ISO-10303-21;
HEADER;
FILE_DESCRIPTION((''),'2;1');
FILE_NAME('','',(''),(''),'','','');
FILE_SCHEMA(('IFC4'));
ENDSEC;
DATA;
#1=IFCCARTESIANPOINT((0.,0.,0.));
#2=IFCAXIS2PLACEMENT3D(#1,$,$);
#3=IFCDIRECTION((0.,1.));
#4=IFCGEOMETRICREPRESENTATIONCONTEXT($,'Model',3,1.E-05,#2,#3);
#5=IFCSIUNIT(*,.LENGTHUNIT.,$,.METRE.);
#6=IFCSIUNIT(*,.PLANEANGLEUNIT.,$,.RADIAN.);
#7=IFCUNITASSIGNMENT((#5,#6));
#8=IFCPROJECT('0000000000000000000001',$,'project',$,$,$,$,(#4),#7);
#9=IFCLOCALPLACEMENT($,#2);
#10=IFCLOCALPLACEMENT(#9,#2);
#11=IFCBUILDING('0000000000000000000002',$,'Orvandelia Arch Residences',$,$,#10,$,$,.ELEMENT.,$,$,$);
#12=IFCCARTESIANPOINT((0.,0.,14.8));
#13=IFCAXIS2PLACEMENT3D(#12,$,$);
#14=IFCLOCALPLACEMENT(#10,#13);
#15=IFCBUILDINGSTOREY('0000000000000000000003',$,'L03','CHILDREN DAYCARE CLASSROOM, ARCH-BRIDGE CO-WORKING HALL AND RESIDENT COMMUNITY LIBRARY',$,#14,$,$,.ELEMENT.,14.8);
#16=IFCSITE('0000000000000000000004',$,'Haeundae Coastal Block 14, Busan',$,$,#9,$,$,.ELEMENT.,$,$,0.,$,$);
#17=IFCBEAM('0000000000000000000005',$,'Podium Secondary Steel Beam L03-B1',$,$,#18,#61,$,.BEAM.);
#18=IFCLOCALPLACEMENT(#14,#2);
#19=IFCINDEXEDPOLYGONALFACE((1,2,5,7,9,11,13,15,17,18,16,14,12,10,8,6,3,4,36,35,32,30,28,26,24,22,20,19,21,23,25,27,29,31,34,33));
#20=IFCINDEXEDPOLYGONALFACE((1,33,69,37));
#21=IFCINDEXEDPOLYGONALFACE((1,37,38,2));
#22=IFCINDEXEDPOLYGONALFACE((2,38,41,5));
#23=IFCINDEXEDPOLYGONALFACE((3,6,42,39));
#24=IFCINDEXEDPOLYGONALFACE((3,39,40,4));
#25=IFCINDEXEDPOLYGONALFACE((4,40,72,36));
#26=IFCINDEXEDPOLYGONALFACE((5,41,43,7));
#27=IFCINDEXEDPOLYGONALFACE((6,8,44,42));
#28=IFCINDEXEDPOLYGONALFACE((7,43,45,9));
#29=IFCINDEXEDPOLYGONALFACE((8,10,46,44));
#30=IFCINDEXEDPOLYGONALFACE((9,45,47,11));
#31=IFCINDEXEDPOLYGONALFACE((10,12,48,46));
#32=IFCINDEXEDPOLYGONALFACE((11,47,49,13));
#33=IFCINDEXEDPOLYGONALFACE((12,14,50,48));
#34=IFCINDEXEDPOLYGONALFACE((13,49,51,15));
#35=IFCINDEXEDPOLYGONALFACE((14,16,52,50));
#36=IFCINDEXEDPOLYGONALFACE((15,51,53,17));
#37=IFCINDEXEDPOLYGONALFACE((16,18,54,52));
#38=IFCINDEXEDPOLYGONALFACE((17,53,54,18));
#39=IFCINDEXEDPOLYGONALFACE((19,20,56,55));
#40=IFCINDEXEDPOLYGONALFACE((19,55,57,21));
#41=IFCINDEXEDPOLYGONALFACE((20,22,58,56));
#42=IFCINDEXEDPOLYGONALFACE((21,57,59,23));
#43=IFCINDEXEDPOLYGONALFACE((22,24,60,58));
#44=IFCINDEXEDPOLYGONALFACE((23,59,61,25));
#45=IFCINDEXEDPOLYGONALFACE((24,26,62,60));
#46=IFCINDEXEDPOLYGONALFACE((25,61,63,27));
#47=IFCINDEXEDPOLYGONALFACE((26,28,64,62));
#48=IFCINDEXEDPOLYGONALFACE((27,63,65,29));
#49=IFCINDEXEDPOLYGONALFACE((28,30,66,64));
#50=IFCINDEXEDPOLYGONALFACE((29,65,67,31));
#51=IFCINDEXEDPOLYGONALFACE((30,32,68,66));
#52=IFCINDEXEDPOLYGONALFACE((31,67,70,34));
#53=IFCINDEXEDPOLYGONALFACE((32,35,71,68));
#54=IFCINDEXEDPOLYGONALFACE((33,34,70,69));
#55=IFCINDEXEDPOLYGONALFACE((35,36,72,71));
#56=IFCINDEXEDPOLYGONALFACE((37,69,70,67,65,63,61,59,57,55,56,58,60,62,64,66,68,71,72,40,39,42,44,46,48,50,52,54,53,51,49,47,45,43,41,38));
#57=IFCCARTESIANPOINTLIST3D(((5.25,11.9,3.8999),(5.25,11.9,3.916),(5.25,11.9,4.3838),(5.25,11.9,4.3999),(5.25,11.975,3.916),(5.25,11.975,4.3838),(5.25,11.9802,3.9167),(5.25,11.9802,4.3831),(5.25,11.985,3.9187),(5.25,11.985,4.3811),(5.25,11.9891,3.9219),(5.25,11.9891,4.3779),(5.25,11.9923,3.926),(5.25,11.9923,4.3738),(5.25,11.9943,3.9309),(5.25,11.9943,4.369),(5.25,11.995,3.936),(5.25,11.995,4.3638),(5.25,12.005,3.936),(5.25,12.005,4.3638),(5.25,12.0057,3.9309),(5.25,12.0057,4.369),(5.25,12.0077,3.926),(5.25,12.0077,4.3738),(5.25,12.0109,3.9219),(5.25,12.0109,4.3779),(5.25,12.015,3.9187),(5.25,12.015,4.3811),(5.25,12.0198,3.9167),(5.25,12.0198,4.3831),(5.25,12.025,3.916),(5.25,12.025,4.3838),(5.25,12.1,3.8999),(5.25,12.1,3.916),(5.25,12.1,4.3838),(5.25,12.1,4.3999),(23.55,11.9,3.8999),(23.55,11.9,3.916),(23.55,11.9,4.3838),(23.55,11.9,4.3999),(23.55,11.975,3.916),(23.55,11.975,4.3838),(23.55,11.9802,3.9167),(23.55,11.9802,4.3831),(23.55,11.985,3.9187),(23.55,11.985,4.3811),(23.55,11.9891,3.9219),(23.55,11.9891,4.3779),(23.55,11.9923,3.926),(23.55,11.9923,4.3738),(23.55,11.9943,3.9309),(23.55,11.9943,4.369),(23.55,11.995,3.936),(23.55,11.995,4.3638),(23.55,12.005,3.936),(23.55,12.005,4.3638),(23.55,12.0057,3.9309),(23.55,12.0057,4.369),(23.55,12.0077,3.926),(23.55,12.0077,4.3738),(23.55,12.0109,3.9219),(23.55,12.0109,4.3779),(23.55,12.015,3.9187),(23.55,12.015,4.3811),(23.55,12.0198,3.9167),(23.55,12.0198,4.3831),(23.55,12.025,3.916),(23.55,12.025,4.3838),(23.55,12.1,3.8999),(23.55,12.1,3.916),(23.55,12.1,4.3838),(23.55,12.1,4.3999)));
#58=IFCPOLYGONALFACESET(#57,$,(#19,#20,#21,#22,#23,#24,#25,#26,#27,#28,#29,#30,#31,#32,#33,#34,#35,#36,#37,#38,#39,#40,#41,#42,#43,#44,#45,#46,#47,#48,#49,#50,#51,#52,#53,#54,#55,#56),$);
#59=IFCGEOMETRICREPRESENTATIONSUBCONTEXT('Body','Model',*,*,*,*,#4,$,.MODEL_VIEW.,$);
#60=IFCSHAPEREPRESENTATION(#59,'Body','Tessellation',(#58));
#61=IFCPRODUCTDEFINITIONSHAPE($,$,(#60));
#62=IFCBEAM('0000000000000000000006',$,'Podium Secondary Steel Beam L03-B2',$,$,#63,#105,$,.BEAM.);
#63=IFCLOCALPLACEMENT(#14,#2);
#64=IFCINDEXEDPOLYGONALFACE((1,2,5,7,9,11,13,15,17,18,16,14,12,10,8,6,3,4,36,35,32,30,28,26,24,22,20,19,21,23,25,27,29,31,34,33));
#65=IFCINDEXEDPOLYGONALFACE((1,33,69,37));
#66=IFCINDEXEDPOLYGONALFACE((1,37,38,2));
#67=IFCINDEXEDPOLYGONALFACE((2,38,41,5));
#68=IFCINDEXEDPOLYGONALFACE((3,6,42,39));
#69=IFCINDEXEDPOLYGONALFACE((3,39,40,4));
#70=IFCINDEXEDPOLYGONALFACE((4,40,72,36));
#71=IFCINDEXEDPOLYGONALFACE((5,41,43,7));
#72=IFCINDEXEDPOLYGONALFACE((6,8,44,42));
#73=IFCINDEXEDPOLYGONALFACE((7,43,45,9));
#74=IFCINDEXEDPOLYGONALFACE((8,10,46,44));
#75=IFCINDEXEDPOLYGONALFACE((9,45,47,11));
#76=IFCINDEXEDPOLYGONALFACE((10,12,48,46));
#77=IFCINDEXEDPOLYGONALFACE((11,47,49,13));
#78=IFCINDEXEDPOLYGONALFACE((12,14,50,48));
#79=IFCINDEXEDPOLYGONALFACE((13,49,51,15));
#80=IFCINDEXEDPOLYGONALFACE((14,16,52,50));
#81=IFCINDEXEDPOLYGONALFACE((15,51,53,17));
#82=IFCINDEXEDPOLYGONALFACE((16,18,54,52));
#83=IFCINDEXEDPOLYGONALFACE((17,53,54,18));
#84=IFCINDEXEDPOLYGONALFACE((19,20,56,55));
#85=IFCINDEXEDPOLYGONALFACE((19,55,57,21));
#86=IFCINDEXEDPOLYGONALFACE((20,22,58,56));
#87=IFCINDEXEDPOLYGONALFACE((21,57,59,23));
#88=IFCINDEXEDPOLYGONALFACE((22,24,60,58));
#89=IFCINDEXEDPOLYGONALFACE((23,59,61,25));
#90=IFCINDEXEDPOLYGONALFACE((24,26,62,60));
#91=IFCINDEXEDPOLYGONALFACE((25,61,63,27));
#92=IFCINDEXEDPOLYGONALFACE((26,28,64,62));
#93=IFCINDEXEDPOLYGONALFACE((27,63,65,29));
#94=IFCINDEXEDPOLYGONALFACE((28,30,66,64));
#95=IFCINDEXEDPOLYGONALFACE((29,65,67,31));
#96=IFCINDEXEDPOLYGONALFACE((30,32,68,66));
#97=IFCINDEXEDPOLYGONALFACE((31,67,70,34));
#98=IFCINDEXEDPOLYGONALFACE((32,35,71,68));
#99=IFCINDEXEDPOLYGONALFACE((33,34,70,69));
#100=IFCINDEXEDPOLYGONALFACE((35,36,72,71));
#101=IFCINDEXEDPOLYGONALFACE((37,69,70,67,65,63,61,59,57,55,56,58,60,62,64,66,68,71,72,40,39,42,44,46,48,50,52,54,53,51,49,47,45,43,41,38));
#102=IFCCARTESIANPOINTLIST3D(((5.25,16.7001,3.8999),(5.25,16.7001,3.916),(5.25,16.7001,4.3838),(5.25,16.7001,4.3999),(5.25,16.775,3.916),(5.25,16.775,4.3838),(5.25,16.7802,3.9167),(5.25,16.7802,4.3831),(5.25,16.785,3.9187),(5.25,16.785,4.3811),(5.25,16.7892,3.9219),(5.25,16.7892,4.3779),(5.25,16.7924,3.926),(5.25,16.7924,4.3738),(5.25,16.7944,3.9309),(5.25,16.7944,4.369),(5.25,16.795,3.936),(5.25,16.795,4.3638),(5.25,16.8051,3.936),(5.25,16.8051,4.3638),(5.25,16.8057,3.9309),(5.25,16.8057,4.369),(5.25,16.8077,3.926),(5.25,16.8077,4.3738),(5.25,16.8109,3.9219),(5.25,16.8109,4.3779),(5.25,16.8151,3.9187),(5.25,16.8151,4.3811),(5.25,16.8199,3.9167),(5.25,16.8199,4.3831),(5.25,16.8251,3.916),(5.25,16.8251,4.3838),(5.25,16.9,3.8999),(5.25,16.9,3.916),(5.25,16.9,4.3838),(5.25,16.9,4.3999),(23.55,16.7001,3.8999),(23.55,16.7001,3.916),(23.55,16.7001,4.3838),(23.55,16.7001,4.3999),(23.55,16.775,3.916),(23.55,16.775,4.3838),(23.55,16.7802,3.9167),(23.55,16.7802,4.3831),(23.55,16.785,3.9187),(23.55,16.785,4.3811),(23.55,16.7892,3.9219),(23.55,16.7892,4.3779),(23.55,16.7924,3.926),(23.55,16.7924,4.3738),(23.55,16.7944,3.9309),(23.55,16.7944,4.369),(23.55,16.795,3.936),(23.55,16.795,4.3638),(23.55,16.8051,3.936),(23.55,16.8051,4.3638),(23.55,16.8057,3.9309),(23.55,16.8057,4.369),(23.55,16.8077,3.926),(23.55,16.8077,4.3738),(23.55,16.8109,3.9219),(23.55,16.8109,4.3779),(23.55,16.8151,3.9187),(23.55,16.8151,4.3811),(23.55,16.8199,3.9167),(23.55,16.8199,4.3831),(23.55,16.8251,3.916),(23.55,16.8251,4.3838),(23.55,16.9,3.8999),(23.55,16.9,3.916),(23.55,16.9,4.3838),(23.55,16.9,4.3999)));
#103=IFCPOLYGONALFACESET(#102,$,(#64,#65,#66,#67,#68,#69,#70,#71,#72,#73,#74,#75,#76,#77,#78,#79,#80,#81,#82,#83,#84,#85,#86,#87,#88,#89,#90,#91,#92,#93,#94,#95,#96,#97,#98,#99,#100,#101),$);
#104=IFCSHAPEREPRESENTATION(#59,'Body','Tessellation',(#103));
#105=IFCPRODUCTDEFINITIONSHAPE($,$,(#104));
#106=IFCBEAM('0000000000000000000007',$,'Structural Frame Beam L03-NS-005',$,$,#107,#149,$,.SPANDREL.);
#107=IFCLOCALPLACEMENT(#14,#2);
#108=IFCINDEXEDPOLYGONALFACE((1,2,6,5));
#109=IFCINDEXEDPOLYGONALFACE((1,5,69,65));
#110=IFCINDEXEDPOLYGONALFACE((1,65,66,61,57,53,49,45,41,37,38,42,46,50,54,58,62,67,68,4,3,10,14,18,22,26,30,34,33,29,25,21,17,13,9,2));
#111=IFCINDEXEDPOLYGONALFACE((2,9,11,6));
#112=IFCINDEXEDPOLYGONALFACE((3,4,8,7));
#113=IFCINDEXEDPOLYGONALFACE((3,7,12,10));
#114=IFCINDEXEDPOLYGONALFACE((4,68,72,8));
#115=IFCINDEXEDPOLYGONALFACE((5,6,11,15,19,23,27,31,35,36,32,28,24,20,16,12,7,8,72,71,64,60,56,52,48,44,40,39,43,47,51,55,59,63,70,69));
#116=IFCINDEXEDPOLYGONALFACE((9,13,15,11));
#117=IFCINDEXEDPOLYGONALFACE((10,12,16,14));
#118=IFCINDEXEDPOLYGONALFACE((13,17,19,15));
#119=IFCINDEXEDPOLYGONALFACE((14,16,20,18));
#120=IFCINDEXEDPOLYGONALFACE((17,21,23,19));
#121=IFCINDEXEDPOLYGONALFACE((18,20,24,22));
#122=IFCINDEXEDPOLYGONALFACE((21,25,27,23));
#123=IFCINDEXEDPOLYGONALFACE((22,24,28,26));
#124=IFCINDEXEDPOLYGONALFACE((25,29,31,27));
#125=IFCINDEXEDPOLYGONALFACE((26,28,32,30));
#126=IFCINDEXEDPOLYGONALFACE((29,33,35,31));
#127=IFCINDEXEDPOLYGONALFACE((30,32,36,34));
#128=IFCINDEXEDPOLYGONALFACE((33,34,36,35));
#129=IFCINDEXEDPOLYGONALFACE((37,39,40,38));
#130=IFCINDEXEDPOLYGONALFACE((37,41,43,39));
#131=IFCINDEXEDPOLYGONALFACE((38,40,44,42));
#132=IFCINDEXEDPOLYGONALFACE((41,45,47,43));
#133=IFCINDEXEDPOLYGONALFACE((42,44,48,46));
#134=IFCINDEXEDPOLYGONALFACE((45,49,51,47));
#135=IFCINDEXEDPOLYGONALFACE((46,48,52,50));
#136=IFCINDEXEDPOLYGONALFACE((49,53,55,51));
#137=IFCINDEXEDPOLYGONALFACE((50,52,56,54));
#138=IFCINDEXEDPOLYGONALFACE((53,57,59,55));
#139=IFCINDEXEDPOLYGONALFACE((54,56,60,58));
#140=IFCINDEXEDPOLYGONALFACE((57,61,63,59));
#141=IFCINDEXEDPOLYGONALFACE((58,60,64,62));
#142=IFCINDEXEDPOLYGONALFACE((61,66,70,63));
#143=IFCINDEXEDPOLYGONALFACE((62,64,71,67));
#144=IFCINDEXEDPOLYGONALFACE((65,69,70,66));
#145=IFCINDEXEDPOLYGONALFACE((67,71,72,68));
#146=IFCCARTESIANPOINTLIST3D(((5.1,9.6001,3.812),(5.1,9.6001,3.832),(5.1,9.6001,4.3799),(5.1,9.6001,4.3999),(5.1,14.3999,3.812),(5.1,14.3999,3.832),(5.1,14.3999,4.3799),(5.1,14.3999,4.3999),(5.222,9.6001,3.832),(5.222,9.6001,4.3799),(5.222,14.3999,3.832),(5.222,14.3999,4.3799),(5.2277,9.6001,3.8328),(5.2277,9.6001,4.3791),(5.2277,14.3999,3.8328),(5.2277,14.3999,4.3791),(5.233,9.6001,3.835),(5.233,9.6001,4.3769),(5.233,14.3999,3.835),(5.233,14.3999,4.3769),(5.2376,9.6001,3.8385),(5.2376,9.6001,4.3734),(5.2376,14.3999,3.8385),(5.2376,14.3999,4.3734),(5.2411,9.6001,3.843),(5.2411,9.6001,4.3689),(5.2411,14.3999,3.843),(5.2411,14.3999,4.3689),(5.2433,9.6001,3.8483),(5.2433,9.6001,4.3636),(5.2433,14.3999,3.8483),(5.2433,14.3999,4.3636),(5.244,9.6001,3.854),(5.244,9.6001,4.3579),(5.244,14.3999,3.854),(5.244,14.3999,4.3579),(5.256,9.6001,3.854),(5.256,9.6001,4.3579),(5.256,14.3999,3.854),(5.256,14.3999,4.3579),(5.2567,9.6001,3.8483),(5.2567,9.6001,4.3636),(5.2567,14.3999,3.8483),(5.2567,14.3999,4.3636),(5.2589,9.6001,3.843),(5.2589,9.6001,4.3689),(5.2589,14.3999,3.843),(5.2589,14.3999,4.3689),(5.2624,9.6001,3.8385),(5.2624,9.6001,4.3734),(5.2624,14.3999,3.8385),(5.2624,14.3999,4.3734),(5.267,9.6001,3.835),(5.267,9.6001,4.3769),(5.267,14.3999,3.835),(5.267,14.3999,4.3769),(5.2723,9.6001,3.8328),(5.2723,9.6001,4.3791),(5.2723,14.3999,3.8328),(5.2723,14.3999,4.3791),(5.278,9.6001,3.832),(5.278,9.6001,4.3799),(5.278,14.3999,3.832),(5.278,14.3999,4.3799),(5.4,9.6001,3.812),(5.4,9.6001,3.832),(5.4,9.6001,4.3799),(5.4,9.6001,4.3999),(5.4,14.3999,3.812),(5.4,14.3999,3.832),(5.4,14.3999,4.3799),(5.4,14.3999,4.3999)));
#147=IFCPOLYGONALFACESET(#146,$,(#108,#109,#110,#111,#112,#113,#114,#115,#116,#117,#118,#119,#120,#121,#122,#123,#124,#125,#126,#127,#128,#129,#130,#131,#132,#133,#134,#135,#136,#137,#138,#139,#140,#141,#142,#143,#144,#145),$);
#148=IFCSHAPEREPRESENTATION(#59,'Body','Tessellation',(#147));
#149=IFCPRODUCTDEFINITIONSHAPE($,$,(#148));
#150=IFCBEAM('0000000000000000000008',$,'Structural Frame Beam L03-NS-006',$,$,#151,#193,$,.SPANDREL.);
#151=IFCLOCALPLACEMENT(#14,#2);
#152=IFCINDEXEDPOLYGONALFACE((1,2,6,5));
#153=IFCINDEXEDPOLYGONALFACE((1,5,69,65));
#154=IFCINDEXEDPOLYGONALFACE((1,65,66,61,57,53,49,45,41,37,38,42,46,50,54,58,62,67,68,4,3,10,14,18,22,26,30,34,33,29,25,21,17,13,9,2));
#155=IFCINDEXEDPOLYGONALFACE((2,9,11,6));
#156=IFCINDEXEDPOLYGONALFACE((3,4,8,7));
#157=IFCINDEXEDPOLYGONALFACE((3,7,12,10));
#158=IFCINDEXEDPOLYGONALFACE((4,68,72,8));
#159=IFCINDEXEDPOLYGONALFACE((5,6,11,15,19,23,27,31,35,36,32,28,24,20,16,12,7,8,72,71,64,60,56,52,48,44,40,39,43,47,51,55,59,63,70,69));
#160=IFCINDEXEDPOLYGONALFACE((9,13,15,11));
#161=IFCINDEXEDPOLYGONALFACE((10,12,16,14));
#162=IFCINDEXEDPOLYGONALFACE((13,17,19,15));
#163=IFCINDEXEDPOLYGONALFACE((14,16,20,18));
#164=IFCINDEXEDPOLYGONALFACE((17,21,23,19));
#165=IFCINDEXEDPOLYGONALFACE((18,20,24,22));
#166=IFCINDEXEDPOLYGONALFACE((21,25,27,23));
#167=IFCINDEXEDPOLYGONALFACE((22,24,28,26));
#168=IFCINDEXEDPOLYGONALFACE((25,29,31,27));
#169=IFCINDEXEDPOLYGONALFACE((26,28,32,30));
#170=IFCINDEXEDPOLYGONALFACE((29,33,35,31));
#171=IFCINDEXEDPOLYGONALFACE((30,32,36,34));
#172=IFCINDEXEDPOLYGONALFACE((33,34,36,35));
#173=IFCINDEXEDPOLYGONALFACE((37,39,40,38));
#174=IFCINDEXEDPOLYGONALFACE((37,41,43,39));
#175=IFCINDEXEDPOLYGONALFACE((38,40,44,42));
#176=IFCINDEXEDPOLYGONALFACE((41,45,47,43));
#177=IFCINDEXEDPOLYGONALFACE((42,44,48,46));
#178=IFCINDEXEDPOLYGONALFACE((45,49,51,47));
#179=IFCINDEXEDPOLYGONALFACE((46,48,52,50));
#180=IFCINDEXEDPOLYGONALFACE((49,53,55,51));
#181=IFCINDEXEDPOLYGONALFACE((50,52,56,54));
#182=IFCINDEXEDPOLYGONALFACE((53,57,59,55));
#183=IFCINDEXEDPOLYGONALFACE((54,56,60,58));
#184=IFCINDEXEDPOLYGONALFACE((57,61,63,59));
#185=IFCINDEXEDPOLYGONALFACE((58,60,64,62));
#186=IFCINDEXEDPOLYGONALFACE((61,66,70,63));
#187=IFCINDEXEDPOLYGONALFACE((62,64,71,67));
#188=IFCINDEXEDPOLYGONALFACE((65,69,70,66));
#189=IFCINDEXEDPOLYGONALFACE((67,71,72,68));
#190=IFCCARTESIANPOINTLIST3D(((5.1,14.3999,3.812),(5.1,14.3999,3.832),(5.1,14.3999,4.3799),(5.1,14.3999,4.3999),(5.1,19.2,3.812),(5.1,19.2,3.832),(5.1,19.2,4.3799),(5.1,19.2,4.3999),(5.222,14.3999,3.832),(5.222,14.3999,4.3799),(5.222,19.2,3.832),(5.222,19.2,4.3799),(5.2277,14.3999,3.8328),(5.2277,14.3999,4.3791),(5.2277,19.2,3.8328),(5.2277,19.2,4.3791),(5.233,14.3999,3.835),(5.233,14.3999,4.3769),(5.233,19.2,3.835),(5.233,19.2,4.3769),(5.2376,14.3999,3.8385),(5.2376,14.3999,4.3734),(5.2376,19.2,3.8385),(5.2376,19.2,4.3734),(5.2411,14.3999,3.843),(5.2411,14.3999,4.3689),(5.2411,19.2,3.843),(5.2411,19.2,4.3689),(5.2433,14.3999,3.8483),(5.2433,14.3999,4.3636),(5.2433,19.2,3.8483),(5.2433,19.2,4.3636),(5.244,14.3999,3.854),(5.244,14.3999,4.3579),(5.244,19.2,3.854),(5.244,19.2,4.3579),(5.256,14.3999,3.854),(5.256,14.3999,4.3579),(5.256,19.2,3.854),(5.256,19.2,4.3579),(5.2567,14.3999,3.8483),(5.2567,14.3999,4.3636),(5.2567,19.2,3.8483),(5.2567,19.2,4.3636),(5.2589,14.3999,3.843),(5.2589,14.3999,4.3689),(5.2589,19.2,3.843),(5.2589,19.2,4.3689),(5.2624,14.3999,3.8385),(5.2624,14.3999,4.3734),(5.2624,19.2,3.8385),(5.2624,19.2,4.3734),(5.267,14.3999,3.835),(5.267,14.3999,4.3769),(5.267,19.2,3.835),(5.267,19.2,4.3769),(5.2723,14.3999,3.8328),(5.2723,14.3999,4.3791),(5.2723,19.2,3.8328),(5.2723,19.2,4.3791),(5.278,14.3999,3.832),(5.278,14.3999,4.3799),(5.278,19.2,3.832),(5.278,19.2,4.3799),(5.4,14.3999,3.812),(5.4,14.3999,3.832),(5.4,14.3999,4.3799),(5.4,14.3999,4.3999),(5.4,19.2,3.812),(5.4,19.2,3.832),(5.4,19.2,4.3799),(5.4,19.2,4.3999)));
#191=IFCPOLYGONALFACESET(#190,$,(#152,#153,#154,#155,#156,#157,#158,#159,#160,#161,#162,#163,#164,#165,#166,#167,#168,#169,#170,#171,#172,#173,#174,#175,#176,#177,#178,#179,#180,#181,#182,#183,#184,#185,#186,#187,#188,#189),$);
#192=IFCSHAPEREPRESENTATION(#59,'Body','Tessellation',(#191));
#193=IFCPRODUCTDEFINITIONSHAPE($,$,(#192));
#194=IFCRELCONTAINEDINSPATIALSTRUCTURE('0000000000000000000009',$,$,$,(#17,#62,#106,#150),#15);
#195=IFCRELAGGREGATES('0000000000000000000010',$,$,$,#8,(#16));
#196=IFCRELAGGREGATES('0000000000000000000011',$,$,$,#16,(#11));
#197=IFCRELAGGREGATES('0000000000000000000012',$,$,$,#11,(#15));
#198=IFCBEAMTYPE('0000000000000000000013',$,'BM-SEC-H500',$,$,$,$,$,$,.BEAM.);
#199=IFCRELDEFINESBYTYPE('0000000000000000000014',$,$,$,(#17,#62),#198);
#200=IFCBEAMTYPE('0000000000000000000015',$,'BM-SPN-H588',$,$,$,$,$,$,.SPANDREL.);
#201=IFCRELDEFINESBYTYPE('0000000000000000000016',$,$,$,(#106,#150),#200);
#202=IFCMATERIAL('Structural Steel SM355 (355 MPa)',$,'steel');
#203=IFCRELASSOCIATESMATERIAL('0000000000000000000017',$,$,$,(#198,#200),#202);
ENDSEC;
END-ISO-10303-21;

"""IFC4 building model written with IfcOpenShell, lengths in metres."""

from ifc_helpers import new_model, si_unit, direction, frame, origin, origin_2d, place, context, subcontext, project, spatial, i_section, extrude, material, material_profile, profile_set, type_object, element, save


model = new_model("IFC4")

# Units and contexts
model_context = context("Model", 3, precision=1e-05, world=origin(), true_north=direction((0.0, 1.0)))
body_context = subcontext(model_context, "Body", "Model", "MODEL_VIEW")
ifc_project = project(units=[si_unit("LENGTHUNIT", "METRE"), si_unit("PLANEANGLEUNIT", "RADIAN")], contexts=[model_context])

# Site, building, storey
site_placement = place(None, origin())
site = spatial("IfcSite", under=ifc_project, at=site_placement, Name="Haeundae Coastal Block 14, Busan", CompositionType="ELEMENT", RefElevation=0.0)
building_placement = place(site_placement, origin())
building = spatial("IfcBuilding", under=site, at=building_placement, Name="Orvandelia Arch Residences", CompositionType="ELEMENT")
storey_placement = place(building_placement, frame((0.0, 0.0, 14.8)))
storey = spatial("IfcBuildingStorey", under=building, at=storey_placement, Name="L03", Description="CHILDREN DAYCARE CLASSROOM, ARCH-BRIDGE CO-WORKING HALL AND RESIDENT COMMUNITY LIBRARY", CompositionType="ELEMENT", Elevation=14.8)

# Beams
ifc_material_1 = material(Name="Structural Steel SM355 (355 MPa)", Category="steel")
ifc_material_profile_1 = material_profile(ifc_material_1, i_section(OverallWidth=0.2, OverallDepth=0.5, WebThickness=0.01, FlangeThickness=0.0161, FilletRadius=0.02, at=origin_2d()), Name="Structural Steel SM355 (355 MPa)", Category="steel")
ifc_profile_set_1 = profile_set([ifc_material_profile_1], Name="Structural Steel SM355 (355 MPa)")
beam_type_1 = type_object("IfcBeamType", Name="BM-SEC-H500", PredefinedType="BEAM", material=ifc_profile_set_1)
for number, where, z_axis, x_axis, name in (
    (1, (5.25, 12.0, 4.1499), (1.0, 0.0, 0.0), (0.0, 1.0, 0.0), "Podium Secondary Steel Beam L03-B1"),
    (2, (5.25, 16.8, 4.1499), (1.0, 0.0, 0.0), (0.0, 1.0, 0.0), "Podium Secondary Steel Beam L03-B2"),
):
    element("IfcBeam", number, at=place(storey_placement, frame(where, z_axis=z_axis, x_axis=x_axis)), inside=storey, type_object=beam_type_1, Name=name, PredefinedType="BEAM", context=body_context, shape_type="SweptSolid", body=[
        extrude(i_section(OverallWidth=0.2, OverallDepth=0.5, WebThickness=0.01, FlangeThickness=0.0161, FilletRadius=0.02, at=origin_2d()), origin(), (0.0, 0.0, 1.0), 18.3),
    ])
ifc_material_profile_2 = material_profile(ifc_material_1, i_section(OverallWidth=0.3, OverallDepth=0.5879, WebThickness=0.012, FlangeThickness=0.02, FilletRadius=0.022, at=origin_2d()), Name="Structural Steel SM355 (355 MPa)", Category="steel")
ifc_profile_set_2 = profile_set([ifc_material_profile_2], Name="Structural Steel SM355 (355 MPa)")
beam_type_2 = type_object("IfcBeamType", Name="BM-SPN-H588", PredefinedType="SPANDREL", material=ifc_profile_set_2)
beam_1_placement = place(storey_placement, frame((5.25, 9.6001, 4.106), z_axis=(0.0, 1.0, 0.0), x_axis=(-1.0, 0.0, 0.0)))
element("IfcBeam", 3, at=beam_1_placement, inside=storey, type_object=beam_type_2, Name="Structural Frame Beam L03-NS-005", PredefinedType="SPANDREL", context=body_context, shape_type="SweptSolid", body=[
    extrude(i_section(OverallWidth=0.3, OverallDepth=0.5879, WebThickness=0.012, FlangeThickness=0.02, FilletRadius=0.022, at=origin_2d()), origin(), (0.0, 0.0, 1.0), 4.7998),
])
for number, where, z_axis, x_axis, name in (
    (4, (5.25, 14.3999, 4.106), (0.0, 1.0, 0.0), (-1.0, 0.0, 0.0), "Structural Frame Beam L03-NS-006"),
):
    element("IfcBeam", number, at=place(storey_placement, frame(where, z_axis=z_axis, x_axis=x_axis)), inside=storey, type_object=beam_type_2, Name=name, PredefinedType="SPANDREL", context=body_context, shape_type="SweptSolid", body=[
        extrude(i_section(OverallWidth=0.3, OverallDepth=0.5879, WebThickness=0.012, FlangeThickness=0.02, FilletRadius=0.022, at=origin_2d()), origin(), (0.0, 0.0, 1.0), 4.8),
    ])

save(model, "model.ifc")
